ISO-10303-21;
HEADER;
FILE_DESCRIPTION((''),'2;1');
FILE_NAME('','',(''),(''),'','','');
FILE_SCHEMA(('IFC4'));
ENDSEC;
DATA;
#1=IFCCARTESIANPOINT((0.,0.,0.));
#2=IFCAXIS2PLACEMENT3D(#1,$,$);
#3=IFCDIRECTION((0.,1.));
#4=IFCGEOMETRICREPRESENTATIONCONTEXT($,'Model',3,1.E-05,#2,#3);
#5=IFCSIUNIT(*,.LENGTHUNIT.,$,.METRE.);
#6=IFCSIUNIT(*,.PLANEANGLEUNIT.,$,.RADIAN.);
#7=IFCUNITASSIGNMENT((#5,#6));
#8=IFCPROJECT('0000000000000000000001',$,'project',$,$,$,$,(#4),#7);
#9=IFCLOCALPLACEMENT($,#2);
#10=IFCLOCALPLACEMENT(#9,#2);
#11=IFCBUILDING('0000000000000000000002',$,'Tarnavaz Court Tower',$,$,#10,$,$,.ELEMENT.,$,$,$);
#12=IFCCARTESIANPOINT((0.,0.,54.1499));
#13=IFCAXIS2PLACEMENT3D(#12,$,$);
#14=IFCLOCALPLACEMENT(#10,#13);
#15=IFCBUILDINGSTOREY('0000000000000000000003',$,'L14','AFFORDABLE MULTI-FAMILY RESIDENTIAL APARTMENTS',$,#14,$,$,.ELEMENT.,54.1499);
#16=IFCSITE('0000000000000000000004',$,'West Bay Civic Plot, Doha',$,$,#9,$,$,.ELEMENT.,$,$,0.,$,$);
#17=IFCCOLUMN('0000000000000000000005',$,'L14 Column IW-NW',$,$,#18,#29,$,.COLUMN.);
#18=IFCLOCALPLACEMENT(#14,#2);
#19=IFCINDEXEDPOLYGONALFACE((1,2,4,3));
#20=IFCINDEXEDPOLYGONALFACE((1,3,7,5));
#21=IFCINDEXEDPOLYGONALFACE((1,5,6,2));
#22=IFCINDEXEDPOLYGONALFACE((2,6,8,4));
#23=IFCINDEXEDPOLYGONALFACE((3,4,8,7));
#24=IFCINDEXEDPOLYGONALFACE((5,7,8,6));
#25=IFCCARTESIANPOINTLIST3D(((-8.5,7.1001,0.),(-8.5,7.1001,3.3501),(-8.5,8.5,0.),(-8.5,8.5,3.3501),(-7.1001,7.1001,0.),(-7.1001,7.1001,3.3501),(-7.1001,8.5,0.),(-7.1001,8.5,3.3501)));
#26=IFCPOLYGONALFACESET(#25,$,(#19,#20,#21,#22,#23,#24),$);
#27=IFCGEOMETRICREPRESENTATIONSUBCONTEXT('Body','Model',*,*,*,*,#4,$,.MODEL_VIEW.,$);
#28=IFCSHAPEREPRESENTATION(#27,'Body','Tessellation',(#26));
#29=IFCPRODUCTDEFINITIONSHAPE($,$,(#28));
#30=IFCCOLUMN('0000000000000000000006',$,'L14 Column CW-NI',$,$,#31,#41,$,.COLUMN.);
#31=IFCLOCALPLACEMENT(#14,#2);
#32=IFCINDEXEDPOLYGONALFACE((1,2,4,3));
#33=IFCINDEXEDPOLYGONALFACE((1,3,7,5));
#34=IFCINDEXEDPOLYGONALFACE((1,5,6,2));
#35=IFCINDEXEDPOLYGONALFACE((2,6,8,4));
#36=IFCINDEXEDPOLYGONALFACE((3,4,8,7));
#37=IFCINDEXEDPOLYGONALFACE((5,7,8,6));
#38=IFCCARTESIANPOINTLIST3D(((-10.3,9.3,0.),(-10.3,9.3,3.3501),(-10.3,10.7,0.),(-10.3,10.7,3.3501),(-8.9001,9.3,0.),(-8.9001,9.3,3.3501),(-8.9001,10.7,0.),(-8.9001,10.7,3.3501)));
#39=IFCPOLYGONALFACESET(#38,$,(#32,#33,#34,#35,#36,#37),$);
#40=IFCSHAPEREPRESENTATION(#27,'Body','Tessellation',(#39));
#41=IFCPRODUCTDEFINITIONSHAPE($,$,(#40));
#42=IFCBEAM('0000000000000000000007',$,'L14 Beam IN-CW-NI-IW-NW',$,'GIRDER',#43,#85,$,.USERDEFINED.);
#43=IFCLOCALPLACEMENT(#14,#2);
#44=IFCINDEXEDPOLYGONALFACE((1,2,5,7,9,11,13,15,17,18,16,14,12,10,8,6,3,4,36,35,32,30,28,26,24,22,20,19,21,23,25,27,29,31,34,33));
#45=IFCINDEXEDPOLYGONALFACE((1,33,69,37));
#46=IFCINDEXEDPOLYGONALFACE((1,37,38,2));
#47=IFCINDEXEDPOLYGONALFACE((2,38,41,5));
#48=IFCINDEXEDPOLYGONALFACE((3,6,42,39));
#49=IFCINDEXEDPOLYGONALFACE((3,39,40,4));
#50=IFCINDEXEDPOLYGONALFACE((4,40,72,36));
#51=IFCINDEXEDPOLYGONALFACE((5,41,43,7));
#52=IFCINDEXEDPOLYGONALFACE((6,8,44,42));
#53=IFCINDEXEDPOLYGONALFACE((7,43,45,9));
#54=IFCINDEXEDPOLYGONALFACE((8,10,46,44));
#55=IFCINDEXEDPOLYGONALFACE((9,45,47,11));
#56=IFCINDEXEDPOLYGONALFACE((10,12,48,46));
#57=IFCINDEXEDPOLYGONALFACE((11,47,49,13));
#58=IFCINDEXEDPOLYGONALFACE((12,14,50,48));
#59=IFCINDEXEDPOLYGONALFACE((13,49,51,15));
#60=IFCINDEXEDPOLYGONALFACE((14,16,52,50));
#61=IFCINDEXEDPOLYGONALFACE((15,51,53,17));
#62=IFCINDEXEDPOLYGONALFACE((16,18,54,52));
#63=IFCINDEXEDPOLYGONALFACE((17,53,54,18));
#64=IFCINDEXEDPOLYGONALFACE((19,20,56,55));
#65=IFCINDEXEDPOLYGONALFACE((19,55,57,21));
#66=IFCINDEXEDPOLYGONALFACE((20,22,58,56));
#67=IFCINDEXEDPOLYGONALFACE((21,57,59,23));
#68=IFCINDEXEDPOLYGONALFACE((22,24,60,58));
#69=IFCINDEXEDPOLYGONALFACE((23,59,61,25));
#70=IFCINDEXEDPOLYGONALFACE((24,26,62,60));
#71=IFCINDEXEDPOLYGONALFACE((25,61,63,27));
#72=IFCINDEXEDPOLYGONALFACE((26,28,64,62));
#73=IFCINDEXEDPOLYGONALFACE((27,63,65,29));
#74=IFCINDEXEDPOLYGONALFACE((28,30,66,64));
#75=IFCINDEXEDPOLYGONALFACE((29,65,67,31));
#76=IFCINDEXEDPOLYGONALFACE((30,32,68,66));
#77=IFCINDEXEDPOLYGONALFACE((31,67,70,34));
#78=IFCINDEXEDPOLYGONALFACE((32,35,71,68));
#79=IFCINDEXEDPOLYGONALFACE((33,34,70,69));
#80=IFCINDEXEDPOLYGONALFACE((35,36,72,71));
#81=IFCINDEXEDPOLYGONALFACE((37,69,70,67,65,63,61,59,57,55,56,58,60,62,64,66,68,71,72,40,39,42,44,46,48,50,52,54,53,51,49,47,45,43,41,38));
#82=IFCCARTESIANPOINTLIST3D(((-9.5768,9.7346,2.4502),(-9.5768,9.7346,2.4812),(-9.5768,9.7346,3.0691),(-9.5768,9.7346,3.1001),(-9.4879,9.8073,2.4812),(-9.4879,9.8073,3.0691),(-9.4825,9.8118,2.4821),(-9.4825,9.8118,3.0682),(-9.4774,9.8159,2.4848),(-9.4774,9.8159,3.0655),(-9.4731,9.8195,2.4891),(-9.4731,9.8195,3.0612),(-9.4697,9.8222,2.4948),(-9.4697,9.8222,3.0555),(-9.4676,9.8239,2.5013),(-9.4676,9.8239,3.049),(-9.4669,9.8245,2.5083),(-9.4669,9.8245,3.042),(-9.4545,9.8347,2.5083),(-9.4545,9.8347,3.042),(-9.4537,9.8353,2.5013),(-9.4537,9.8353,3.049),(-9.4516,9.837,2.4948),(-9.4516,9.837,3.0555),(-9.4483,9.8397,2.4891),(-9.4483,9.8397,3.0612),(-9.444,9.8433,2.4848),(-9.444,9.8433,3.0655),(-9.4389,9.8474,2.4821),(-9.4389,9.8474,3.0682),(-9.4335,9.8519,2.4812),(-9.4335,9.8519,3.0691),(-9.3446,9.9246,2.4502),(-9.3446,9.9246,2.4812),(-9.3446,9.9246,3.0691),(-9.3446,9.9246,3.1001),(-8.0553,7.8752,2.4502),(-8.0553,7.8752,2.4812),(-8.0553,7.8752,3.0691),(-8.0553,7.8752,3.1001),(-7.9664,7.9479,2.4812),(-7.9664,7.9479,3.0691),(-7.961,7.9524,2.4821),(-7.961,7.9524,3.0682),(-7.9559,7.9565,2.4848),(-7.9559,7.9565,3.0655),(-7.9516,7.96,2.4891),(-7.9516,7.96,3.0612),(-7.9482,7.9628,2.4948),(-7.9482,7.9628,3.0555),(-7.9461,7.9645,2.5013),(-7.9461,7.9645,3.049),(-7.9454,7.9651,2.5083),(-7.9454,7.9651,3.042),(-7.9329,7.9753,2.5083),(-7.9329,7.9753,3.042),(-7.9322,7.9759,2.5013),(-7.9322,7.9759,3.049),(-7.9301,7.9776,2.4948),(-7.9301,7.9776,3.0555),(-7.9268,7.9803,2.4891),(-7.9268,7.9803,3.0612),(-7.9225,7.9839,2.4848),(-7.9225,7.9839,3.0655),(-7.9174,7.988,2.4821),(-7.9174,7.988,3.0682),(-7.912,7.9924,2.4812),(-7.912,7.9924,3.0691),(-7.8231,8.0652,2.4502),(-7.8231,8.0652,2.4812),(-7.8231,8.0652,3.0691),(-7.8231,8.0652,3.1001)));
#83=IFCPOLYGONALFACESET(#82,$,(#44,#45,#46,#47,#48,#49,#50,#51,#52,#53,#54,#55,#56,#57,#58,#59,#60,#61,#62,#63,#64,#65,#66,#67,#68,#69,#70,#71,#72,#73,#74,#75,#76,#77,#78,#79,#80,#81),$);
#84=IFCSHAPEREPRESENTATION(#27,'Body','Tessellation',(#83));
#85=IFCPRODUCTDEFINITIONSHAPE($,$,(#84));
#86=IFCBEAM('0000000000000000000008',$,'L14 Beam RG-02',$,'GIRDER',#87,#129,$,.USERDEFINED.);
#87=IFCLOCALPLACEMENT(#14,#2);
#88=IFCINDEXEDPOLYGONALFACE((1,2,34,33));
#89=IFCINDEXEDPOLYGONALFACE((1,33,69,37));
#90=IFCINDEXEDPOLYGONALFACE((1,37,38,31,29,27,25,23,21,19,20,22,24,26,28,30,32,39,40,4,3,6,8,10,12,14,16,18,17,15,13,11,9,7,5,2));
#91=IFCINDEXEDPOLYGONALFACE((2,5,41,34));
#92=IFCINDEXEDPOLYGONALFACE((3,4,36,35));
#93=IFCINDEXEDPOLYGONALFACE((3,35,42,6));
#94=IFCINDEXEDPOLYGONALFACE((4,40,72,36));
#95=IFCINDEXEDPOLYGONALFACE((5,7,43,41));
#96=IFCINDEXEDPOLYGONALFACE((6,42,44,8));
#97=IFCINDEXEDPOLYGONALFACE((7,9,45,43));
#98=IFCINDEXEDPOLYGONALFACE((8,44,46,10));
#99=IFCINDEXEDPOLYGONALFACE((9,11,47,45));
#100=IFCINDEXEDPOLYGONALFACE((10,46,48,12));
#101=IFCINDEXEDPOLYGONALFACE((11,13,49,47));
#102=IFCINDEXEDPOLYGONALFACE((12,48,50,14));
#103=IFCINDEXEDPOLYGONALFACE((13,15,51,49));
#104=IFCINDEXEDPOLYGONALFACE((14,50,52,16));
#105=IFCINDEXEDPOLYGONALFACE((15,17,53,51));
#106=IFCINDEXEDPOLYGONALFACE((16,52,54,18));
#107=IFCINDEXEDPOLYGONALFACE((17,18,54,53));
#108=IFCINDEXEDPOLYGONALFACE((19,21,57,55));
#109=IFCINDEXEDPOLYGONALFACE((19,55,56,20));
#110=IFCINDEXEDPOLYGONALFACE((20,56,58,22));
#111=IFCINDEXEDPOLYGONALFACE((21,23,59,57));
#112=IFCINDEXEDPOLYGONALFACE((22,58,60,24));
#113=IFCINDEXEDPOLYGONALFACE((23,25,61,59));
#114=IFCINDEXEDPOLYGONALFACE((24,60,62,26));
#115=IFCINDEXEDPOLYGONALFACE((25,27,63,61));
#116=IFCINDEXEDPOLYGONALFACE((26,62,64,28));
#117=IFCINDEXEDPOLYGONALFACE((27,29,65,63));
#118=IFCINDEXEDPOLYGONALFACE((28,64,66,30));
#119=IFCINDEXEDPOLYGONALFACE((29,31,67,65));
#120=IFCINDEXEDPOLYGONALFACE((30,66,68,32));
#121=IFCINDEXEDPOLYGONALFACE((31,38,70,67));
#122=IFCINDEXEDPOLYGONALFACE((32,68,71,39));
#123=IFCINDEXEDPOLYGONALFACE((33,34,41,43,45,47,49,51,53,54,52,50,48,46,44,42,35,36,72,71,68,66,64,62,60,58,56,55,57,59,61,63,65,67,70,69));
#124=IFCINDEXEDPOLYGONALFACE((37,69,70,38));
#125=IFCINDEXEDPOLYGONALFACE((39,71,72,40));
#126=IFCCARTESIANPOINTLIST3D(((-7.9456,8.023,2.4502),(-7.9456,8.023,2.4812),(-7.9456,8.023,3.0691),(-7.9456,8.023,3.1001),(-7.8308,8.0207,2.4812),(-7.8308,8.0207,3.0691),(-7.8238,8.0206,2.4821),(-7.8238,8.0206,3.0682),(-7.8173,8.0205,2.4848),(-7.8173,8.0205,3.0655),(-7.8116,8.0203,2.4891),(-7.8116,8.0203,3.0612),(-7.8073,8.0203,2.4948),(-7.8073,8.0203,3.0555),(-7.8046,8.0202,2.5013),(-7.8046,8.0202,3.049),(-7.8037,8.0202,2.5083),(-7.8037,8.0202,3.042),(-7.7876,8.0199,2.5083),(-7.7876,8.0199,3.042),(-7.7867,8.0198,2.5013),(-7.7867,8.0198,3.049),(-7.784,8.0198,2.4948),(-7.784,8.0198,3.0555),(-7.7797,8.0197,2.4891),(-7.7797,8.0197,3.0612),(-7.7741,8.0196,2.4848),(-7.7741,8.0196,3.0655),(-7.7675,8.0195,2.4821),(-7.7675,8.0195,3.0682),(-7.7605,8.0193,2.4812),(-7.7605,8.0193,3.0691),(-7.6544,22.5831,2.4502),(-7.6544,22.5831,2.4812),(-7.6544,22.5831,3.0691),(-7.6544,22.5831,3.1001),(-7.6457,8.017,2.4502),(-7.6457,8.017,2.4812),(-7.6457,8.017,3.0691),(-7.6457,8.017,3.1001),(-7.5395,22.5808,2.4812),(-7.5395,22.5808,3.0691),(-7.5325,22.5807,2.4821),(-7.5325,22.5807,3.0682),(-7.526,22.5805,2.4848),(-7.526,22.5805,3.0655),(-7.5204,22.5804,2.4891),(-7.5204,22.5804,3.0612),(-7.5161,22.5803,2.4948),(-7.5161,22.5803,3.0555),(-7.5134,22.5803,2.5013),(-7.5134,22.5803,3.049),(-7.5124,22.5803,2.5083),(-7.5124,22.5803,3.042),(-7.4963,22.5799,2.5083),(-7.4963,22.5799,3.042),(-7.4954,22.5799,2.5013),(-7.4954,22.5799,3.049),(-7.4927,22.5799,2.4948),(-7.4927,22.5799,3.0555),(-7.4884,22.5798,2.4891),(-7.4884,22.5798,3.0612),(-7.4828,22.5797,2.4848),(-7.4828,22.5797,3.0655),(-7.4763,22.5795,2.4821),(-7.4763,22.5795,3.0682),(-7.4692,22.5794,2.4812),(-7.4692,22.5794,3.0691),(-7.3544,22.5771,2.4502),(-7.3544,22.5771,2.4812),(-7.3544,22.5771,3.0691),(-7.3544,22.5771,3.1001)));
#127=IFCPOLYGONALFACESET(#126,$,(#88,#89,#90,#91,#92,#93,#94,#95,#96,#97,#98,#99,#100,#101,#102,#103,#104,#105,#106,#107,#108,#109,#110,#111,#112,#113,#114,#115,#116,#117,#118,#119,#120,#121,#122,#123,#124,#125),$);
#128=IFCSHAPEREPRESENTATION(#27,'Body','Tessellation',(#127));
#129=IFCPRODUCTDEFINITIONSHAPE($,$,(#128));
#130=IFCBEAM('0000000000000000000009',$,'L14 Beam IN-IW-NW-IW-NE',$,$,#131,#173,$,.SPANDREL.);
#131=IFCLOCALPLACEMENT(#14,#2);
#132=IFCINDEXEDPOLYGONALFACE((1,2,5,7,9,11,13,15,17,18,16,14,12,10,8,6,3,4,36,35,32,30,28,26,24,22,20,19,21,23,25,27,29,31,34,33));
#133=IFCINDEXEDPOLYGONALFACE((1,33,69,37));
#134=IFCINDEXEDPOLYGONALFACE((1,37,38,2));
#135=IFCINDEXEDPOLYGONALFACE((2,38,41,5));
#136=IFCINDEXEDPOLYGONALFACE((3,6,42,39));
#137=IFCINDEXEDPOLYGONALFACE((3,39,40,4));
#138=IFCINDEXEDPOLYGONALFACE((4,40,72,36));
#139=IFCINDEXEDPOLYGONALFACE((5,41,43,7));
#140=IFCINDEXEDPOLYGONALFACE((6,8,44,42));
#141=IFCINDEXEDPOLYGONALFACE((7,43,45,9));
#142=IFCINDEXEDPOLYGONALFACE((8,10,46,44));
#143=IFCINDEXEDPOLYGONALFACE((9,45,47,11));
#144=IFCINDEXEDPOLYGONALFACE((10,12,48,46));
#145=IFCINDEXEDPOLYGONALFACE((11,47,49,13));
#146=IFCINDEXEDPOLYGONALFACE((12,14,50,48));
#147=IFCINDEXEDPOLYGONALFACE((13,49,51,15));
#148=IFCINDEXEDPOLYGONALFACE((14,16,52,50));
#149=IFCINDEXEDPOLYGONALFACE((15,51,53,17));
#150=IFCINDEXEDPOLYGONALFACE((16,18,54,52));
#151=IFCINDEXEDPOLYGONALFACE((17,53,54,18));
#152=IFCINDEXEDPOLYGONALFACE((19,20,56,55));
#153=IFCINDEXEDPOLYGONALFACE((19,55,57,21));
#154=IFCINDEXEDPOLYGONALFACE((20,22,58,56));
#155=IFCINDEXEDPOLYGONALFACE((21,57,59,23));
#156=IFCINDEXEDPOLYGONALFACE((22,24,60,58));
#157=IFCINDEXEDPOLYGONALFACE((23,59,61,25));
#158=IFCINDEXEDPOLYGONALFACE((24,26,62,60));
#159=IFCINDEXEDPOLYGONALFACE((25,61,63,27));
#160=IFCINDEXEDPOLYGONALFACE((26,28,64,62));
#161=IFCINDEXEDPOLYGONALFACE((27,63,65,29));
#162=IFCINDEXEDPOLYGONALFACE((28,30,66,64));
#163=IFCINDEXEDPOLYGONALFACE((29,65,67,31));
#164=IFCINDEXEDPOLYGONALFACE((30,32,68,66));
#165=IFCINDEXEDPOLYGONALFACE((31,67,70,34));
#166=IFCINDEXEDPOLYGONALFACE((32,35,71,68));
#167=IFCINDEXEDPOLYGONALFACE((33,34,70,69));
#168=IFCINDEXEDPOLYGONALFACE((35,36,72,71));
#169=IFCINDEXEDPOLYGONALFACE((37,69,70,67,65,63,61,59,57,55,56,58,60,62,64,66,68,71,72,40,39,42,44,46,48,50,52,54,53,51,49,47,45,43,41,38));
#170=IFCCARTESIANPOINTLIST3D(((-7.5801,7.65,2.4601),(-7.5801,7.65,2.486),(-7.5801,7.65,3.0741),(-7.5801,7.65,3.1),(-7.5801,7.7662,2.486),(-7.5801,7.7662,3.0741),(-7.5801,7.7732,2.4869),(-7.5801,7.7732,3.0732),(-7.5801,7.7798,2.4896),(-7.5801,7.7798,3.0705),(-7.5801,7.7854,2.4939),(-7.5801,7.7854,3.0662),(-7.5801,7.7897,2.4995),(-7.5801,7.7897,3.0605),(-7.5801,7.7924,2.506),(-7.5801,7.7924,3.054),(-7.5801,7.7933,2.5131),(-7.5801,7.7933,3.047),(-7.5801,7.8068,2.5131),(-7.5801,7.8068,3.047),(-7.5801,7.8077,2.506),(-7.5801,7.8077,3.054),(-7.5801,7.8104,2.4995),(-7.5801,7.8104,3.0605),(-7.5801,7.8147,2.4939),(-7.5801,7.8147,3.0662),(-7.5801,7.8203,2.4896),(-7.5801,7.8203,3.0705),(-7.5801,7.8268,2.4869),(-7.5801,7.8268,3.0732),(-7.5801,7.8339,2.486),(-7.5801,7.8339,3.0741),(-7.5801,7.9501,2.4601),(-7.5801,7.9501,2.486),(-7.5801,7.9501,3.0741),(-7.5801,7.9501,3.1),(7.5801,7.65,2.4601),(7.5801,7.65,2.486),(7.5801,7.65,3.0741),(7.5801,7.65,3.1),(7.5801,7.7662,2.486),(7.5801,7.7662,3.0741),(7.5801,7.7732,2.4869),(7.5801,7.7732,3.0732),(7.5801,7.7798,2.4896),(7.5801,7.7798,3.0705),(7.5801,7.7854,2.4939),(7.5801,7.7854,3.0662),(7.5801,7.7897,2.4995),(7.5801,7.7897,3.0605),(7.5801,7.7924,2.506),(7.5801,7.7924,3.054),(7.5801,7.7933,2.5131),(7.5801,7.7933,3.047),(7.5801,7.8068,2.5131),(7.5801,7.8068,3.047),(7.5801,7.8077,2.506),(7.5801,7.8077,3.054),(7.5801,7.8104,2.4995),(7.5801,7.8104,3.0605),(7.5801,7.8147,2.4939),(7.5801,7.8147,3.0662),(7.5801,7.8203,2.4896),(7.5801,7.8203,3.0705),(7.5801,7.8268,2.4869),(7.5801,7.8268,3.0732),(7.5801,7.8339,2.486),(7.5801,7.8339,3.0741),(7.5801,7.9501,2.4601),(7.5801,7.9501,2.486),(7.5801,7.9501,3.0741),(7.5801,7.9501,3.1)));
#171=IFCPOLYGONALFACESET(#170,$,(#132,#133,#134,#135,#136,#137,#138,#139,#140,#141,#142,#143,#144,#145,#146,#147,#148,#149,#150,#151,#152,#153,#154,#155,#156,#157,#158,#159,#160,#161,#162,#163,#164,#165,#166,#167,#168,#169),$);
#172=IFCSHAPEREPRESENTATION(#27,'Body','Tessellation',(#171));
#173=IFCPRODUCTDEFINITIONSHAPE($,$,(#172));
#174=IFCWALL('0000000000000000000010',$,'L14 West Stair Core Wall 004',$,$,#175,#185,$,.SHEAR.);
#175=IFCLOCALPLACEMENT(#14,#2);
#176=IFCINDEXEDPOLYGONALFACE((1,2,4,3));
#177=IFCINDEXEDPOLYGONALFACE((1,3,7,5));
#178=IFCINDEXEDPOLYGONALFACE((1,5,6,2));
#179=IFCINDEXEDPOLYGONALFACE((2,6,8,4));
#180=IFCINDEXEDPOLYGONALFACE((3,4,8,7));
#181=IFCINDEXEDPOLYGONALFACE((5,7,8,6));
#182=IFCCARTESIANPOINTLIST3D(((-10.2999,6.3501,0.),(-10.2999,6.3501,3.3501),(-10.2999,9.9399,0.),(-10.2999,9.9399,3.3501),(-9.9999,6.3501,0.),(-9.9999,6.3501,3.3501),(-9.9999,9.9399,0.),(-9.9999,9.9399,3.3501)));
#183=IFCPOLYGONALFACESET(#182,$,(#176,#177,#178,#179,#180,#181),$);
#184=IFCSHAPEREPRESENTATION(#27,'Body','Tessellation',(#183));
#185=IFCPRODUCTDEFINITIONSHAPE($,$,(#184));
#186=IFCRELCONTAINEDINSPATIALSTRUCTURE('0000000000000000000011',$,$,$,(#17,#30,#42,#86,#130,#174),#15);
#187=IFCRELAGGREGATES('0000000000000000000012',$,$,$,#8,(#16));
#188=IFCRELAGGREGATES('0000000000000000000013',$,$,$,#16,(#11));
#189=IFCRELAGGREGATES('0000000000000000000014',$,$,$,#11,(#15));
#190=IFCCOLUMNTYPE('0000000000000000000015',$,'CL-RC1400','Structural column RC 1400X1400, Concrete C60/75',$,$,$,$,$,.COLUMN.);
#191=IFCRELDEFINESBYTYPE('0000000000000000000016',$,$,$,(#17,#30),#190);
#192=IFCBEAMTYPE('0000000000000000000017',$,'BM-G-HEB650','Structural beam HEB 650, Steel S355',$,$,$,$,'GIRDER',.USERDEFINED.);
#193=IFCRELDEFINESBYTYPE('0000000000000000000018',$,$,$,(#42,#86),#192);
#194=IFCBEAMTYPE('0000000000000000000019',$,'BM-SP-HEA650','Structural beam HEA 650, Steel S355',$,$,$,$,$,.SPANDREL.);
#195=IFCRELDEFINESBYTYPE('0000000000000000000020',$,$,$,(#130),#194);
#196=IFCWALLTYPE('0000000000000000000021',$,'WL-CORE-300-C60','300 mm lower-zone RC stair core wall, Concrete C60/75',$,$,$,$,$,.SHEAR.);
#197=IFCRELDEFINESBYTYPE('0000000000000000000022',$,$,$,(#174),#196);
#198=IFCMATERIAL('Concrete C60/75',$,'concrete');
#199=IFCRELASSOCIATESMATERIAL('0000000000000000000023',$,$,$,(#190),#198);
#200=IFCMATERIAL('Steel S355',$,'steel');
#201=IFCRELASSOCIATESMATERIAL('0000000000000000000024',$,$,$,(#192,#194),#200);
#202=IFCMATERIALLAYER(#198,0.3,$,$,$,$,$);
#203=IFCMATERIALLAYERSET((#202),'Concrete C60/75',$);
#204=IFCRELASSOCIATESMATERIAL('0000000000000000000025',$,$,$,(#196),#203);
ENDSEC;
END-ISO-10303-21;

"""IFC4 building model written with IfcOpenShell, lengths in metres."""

from ifc_helpers import new_model, si_unit, direction, frame, frame_2d, origin, origin_2d, place, context, subcontext, project, spatial, rectangle, i_section, extrude, material, layer, layer_set, material_profile, profile_set, type_object, element, save


model = new_model("IFC4")

# Units and contexts
model_context = context("Model", 3, precision=1e-05, world=origin(), true_north=direction((0.0, 1.0)))
body_context = subcontext(model_context, "Body", "Model", "MODEL_VIEW")
ifc_project = project(units=[si_unit("LENGTHUNIT", "METRE"), si_unit("PLANEANGLEUNIT", "RADIAN")], contexts=[model_context])

# Site, building, storey
site_placement = place(None, origin())
site = spatial("IfcSite", under=ifc_project, at=site_placement, Name="West Bay Civic Plot, Doha", CompositionType="ELEMENT", RefElevation=0.0)
building_placement = place(site_placement, origin())
building = spatial("IfcBuilding", under=site, at=building_placement, Name="Tarnavaz Court Tower", CompositionType="ELEMENT")
storey_placement = place(building_placement, frame((0.0, 0.0, 54.1499)))
storey = spatial("IfcBuildingStorey", under=building, at=storey_placement, Name="L14", Description="AFFORDABLE MULTI-FAMILY RESIDENTIAL APARTMENTS", CompositionType="ELEMENT", Elevation=54.1499)

# Columns
ifc_material_1 = material(Name="Concrete C60/75", Category="concrete")
ifc_material_profile_1 = material_profile(ifc_material_1, rectangle(XDim=1.3999, YDim=1.3999, at=origin_2d()), Name="RC 1400X1400")
ifc_profile_set_1 = profile_set([ifc_material_profile_1], Name="Concrete C60/75")
column_type = type_object("IfcColumnType", Name="CL-RC1400", Description="Structural column RC 1400X1400, Concrete C60/75", PredefinedType="COLUMN", material=ifc_profile_set_1)
for number, where, z_axis, x_axis, name in (
    (1, (-7.8, 7.8, 0.0), (0.0, 0.0, 1.0), (1.0, 0.0, 0.0), "L14 Column IW-NW"),
    (2, (-9.6001, 10.0, 0.0), (0.0, 0.0, 1.0), (1.0, 0.0, 0.0), "L14 Column CW-NI"),
):
    element("IfcColumn", number, at=place(storey_placement, frame(where, z_axis=z_axis, x_axis=x_axis)), inside=storey, type_object=column_type, Name=name, PredefinedType="COLUMN", context=body_context, shape_type="SweptSolid", body=[
        extrude(rectangle(XDim=1.3999, YDim=1.3999, at=origin_2d()), origin(), (0.0, 0.0, 1.0), 3.3501),
    ])

# Beams
ifc_material_2 = material(Name="Steel S355", Category="steel")
ifc_material_profile_2 = material_profile(ifc_material_2, i_section(OverallWidth=0.3, OverallDepth=0.6499, WebThickness=0.0161, FlangeThickness=0.031, FilletRadius=0.0271, at=origin_2d()), Name="HEB 650")
ifc_profile_set_2 = profile_set([ifc_material_profile_2], Name="Steel S355")
beam_type_1 = type_object("IfcBeamType", Name="BM-G-HEB650", Description="Structural beam HEB 650, Steel S355", ElementType="GIRDER", PredefinedType="USERDEFINED", material=ifc_profile_set_2)
beam_1_placement = place(storey_placement, frame((-9.4607, 9.8296, 2.7751), z_axis=(0.633282, -0.773921, 0.0), x_axis=(0.773921, 0.633282, 0.0)))
element("IfcBeam", 3, at=beam_1_placement, inside=storey, type_object=beam_type_1, Name="L14 Beam IN-CW-NI-IW-NW", ObjectType="GIRDER", PredefinedType="USERDEFINED", context=body_context, shape_type="SweptSolid", body=[
    extrude(i_section(OverallWidth=0.3, OverallDepth=0.6499, WebThickness=0.0161, FlangeThickness=0.031, FilletRadius=0.0271, at=origin_2d()), origin(), (0.0, 0.0, 1.0), 2.4026),
])
beam_2_placement = place(storey_placement, frame((-7.7957, 8.02, 2.7751), z_axis=(0.02, 0.9998, 0.0), x_axis=(-0.9998, 0.02, 0.0)))
element("IfcBeam", 4, at=beam_2_placement, inside=storey, type_object=beam_type_1, Name="L14 Beam RG-02", ObjectType="GIRDER", PredefinedType="USERDEFINED", context=body_context, shape_type="SweptSolid", body=[
    extrude(i_section(OverallWidth=0.3, OverallDepth=0.6499, WebThickness=0.0161, FlangeThickness=0.031, FilletRadius=0.0271, at=origin_2d()), origin(), (0.0, 0.0, 1.0), 14.563),
])
ifc_material_profile_3 = material_profile(ifc_material_2, i_section(OverallWidth=0.3, OverallDepth=0.6399, WebThickness=0.0134, FlangeThickness=0.0259, FilletRadius=0.0271, at=origin_2d()), Name="HEA 650")
ifc_profile_set_3 = profile_set([ifc_material_profile_3], Name="Steel S355")
beam_type_2 = type_object("IfcBeamType", Name="BM-SP-HEA650", Description="Structural beam HEA 650, Steel S355", PredefinedType="SPANDREL", material=ifc_profile_set_3)
beam_3_placement = place(storey_placement, frame((-7.5801, 7.8, 2.78), z_axis=(1.0, 0.0, 0.0), x_axis=(0.0, 1.0, 0.0)))
element("IfcBeam", 5, at=beam_3_placement, inside=storey, type_object=beam_type_2, Name="L14 Beam IN-IW-NW-IW-NE", PredefinedType="SPANDREL", context=body_context, shape_type="SweptSolid", body=[
    extrude(i_section(OverallWidth=0.3, OverallDepth=0.6399, WebThickness=0.0134, FlangeThickness=0.0259, FilletRadius=0.0271, at=origin_2d()), origin(), (0.0, 0.0, 1.0), 15.1602),
])

# Wall
ifc_layer_1 = layer(ifc_material_1, 0.3)
ifc_layer_set_1 = layer_set([ifc_layer_1], Name="Concrete C60/75")
wall_type_1 = type_object("IfcWallType", Name="WL-CORE-300-C60", Description="300 mm lower-zone RC stair core wall, Concrete C60/75", PredefinedType="SHEAR", material=ifc_layer_set_1)
wall_1_placement = place(storey_placement, frame((-10.1499, 6.3501, 0.0), z_axis=(0.0, 0.0, 1.0), x_axis=(0.0, 1.0, 0.0)))
element("IfcWall", 6, at=wall_1_placement, inside=storey, type_object=wall_type_1, Name="L14 West Stair Core Wall 004", PredefinedType="SHEAR", context=body_context, shape_type="SweptSolid", body=[
    extrude(rectangle(XDim=3.5898, YDim=0.3, at=frame_2d((1.7949, 0.0))), origin(), (0.0, 0.0, 1.0), 3.3501),
])

save(model, "model.ifc")
